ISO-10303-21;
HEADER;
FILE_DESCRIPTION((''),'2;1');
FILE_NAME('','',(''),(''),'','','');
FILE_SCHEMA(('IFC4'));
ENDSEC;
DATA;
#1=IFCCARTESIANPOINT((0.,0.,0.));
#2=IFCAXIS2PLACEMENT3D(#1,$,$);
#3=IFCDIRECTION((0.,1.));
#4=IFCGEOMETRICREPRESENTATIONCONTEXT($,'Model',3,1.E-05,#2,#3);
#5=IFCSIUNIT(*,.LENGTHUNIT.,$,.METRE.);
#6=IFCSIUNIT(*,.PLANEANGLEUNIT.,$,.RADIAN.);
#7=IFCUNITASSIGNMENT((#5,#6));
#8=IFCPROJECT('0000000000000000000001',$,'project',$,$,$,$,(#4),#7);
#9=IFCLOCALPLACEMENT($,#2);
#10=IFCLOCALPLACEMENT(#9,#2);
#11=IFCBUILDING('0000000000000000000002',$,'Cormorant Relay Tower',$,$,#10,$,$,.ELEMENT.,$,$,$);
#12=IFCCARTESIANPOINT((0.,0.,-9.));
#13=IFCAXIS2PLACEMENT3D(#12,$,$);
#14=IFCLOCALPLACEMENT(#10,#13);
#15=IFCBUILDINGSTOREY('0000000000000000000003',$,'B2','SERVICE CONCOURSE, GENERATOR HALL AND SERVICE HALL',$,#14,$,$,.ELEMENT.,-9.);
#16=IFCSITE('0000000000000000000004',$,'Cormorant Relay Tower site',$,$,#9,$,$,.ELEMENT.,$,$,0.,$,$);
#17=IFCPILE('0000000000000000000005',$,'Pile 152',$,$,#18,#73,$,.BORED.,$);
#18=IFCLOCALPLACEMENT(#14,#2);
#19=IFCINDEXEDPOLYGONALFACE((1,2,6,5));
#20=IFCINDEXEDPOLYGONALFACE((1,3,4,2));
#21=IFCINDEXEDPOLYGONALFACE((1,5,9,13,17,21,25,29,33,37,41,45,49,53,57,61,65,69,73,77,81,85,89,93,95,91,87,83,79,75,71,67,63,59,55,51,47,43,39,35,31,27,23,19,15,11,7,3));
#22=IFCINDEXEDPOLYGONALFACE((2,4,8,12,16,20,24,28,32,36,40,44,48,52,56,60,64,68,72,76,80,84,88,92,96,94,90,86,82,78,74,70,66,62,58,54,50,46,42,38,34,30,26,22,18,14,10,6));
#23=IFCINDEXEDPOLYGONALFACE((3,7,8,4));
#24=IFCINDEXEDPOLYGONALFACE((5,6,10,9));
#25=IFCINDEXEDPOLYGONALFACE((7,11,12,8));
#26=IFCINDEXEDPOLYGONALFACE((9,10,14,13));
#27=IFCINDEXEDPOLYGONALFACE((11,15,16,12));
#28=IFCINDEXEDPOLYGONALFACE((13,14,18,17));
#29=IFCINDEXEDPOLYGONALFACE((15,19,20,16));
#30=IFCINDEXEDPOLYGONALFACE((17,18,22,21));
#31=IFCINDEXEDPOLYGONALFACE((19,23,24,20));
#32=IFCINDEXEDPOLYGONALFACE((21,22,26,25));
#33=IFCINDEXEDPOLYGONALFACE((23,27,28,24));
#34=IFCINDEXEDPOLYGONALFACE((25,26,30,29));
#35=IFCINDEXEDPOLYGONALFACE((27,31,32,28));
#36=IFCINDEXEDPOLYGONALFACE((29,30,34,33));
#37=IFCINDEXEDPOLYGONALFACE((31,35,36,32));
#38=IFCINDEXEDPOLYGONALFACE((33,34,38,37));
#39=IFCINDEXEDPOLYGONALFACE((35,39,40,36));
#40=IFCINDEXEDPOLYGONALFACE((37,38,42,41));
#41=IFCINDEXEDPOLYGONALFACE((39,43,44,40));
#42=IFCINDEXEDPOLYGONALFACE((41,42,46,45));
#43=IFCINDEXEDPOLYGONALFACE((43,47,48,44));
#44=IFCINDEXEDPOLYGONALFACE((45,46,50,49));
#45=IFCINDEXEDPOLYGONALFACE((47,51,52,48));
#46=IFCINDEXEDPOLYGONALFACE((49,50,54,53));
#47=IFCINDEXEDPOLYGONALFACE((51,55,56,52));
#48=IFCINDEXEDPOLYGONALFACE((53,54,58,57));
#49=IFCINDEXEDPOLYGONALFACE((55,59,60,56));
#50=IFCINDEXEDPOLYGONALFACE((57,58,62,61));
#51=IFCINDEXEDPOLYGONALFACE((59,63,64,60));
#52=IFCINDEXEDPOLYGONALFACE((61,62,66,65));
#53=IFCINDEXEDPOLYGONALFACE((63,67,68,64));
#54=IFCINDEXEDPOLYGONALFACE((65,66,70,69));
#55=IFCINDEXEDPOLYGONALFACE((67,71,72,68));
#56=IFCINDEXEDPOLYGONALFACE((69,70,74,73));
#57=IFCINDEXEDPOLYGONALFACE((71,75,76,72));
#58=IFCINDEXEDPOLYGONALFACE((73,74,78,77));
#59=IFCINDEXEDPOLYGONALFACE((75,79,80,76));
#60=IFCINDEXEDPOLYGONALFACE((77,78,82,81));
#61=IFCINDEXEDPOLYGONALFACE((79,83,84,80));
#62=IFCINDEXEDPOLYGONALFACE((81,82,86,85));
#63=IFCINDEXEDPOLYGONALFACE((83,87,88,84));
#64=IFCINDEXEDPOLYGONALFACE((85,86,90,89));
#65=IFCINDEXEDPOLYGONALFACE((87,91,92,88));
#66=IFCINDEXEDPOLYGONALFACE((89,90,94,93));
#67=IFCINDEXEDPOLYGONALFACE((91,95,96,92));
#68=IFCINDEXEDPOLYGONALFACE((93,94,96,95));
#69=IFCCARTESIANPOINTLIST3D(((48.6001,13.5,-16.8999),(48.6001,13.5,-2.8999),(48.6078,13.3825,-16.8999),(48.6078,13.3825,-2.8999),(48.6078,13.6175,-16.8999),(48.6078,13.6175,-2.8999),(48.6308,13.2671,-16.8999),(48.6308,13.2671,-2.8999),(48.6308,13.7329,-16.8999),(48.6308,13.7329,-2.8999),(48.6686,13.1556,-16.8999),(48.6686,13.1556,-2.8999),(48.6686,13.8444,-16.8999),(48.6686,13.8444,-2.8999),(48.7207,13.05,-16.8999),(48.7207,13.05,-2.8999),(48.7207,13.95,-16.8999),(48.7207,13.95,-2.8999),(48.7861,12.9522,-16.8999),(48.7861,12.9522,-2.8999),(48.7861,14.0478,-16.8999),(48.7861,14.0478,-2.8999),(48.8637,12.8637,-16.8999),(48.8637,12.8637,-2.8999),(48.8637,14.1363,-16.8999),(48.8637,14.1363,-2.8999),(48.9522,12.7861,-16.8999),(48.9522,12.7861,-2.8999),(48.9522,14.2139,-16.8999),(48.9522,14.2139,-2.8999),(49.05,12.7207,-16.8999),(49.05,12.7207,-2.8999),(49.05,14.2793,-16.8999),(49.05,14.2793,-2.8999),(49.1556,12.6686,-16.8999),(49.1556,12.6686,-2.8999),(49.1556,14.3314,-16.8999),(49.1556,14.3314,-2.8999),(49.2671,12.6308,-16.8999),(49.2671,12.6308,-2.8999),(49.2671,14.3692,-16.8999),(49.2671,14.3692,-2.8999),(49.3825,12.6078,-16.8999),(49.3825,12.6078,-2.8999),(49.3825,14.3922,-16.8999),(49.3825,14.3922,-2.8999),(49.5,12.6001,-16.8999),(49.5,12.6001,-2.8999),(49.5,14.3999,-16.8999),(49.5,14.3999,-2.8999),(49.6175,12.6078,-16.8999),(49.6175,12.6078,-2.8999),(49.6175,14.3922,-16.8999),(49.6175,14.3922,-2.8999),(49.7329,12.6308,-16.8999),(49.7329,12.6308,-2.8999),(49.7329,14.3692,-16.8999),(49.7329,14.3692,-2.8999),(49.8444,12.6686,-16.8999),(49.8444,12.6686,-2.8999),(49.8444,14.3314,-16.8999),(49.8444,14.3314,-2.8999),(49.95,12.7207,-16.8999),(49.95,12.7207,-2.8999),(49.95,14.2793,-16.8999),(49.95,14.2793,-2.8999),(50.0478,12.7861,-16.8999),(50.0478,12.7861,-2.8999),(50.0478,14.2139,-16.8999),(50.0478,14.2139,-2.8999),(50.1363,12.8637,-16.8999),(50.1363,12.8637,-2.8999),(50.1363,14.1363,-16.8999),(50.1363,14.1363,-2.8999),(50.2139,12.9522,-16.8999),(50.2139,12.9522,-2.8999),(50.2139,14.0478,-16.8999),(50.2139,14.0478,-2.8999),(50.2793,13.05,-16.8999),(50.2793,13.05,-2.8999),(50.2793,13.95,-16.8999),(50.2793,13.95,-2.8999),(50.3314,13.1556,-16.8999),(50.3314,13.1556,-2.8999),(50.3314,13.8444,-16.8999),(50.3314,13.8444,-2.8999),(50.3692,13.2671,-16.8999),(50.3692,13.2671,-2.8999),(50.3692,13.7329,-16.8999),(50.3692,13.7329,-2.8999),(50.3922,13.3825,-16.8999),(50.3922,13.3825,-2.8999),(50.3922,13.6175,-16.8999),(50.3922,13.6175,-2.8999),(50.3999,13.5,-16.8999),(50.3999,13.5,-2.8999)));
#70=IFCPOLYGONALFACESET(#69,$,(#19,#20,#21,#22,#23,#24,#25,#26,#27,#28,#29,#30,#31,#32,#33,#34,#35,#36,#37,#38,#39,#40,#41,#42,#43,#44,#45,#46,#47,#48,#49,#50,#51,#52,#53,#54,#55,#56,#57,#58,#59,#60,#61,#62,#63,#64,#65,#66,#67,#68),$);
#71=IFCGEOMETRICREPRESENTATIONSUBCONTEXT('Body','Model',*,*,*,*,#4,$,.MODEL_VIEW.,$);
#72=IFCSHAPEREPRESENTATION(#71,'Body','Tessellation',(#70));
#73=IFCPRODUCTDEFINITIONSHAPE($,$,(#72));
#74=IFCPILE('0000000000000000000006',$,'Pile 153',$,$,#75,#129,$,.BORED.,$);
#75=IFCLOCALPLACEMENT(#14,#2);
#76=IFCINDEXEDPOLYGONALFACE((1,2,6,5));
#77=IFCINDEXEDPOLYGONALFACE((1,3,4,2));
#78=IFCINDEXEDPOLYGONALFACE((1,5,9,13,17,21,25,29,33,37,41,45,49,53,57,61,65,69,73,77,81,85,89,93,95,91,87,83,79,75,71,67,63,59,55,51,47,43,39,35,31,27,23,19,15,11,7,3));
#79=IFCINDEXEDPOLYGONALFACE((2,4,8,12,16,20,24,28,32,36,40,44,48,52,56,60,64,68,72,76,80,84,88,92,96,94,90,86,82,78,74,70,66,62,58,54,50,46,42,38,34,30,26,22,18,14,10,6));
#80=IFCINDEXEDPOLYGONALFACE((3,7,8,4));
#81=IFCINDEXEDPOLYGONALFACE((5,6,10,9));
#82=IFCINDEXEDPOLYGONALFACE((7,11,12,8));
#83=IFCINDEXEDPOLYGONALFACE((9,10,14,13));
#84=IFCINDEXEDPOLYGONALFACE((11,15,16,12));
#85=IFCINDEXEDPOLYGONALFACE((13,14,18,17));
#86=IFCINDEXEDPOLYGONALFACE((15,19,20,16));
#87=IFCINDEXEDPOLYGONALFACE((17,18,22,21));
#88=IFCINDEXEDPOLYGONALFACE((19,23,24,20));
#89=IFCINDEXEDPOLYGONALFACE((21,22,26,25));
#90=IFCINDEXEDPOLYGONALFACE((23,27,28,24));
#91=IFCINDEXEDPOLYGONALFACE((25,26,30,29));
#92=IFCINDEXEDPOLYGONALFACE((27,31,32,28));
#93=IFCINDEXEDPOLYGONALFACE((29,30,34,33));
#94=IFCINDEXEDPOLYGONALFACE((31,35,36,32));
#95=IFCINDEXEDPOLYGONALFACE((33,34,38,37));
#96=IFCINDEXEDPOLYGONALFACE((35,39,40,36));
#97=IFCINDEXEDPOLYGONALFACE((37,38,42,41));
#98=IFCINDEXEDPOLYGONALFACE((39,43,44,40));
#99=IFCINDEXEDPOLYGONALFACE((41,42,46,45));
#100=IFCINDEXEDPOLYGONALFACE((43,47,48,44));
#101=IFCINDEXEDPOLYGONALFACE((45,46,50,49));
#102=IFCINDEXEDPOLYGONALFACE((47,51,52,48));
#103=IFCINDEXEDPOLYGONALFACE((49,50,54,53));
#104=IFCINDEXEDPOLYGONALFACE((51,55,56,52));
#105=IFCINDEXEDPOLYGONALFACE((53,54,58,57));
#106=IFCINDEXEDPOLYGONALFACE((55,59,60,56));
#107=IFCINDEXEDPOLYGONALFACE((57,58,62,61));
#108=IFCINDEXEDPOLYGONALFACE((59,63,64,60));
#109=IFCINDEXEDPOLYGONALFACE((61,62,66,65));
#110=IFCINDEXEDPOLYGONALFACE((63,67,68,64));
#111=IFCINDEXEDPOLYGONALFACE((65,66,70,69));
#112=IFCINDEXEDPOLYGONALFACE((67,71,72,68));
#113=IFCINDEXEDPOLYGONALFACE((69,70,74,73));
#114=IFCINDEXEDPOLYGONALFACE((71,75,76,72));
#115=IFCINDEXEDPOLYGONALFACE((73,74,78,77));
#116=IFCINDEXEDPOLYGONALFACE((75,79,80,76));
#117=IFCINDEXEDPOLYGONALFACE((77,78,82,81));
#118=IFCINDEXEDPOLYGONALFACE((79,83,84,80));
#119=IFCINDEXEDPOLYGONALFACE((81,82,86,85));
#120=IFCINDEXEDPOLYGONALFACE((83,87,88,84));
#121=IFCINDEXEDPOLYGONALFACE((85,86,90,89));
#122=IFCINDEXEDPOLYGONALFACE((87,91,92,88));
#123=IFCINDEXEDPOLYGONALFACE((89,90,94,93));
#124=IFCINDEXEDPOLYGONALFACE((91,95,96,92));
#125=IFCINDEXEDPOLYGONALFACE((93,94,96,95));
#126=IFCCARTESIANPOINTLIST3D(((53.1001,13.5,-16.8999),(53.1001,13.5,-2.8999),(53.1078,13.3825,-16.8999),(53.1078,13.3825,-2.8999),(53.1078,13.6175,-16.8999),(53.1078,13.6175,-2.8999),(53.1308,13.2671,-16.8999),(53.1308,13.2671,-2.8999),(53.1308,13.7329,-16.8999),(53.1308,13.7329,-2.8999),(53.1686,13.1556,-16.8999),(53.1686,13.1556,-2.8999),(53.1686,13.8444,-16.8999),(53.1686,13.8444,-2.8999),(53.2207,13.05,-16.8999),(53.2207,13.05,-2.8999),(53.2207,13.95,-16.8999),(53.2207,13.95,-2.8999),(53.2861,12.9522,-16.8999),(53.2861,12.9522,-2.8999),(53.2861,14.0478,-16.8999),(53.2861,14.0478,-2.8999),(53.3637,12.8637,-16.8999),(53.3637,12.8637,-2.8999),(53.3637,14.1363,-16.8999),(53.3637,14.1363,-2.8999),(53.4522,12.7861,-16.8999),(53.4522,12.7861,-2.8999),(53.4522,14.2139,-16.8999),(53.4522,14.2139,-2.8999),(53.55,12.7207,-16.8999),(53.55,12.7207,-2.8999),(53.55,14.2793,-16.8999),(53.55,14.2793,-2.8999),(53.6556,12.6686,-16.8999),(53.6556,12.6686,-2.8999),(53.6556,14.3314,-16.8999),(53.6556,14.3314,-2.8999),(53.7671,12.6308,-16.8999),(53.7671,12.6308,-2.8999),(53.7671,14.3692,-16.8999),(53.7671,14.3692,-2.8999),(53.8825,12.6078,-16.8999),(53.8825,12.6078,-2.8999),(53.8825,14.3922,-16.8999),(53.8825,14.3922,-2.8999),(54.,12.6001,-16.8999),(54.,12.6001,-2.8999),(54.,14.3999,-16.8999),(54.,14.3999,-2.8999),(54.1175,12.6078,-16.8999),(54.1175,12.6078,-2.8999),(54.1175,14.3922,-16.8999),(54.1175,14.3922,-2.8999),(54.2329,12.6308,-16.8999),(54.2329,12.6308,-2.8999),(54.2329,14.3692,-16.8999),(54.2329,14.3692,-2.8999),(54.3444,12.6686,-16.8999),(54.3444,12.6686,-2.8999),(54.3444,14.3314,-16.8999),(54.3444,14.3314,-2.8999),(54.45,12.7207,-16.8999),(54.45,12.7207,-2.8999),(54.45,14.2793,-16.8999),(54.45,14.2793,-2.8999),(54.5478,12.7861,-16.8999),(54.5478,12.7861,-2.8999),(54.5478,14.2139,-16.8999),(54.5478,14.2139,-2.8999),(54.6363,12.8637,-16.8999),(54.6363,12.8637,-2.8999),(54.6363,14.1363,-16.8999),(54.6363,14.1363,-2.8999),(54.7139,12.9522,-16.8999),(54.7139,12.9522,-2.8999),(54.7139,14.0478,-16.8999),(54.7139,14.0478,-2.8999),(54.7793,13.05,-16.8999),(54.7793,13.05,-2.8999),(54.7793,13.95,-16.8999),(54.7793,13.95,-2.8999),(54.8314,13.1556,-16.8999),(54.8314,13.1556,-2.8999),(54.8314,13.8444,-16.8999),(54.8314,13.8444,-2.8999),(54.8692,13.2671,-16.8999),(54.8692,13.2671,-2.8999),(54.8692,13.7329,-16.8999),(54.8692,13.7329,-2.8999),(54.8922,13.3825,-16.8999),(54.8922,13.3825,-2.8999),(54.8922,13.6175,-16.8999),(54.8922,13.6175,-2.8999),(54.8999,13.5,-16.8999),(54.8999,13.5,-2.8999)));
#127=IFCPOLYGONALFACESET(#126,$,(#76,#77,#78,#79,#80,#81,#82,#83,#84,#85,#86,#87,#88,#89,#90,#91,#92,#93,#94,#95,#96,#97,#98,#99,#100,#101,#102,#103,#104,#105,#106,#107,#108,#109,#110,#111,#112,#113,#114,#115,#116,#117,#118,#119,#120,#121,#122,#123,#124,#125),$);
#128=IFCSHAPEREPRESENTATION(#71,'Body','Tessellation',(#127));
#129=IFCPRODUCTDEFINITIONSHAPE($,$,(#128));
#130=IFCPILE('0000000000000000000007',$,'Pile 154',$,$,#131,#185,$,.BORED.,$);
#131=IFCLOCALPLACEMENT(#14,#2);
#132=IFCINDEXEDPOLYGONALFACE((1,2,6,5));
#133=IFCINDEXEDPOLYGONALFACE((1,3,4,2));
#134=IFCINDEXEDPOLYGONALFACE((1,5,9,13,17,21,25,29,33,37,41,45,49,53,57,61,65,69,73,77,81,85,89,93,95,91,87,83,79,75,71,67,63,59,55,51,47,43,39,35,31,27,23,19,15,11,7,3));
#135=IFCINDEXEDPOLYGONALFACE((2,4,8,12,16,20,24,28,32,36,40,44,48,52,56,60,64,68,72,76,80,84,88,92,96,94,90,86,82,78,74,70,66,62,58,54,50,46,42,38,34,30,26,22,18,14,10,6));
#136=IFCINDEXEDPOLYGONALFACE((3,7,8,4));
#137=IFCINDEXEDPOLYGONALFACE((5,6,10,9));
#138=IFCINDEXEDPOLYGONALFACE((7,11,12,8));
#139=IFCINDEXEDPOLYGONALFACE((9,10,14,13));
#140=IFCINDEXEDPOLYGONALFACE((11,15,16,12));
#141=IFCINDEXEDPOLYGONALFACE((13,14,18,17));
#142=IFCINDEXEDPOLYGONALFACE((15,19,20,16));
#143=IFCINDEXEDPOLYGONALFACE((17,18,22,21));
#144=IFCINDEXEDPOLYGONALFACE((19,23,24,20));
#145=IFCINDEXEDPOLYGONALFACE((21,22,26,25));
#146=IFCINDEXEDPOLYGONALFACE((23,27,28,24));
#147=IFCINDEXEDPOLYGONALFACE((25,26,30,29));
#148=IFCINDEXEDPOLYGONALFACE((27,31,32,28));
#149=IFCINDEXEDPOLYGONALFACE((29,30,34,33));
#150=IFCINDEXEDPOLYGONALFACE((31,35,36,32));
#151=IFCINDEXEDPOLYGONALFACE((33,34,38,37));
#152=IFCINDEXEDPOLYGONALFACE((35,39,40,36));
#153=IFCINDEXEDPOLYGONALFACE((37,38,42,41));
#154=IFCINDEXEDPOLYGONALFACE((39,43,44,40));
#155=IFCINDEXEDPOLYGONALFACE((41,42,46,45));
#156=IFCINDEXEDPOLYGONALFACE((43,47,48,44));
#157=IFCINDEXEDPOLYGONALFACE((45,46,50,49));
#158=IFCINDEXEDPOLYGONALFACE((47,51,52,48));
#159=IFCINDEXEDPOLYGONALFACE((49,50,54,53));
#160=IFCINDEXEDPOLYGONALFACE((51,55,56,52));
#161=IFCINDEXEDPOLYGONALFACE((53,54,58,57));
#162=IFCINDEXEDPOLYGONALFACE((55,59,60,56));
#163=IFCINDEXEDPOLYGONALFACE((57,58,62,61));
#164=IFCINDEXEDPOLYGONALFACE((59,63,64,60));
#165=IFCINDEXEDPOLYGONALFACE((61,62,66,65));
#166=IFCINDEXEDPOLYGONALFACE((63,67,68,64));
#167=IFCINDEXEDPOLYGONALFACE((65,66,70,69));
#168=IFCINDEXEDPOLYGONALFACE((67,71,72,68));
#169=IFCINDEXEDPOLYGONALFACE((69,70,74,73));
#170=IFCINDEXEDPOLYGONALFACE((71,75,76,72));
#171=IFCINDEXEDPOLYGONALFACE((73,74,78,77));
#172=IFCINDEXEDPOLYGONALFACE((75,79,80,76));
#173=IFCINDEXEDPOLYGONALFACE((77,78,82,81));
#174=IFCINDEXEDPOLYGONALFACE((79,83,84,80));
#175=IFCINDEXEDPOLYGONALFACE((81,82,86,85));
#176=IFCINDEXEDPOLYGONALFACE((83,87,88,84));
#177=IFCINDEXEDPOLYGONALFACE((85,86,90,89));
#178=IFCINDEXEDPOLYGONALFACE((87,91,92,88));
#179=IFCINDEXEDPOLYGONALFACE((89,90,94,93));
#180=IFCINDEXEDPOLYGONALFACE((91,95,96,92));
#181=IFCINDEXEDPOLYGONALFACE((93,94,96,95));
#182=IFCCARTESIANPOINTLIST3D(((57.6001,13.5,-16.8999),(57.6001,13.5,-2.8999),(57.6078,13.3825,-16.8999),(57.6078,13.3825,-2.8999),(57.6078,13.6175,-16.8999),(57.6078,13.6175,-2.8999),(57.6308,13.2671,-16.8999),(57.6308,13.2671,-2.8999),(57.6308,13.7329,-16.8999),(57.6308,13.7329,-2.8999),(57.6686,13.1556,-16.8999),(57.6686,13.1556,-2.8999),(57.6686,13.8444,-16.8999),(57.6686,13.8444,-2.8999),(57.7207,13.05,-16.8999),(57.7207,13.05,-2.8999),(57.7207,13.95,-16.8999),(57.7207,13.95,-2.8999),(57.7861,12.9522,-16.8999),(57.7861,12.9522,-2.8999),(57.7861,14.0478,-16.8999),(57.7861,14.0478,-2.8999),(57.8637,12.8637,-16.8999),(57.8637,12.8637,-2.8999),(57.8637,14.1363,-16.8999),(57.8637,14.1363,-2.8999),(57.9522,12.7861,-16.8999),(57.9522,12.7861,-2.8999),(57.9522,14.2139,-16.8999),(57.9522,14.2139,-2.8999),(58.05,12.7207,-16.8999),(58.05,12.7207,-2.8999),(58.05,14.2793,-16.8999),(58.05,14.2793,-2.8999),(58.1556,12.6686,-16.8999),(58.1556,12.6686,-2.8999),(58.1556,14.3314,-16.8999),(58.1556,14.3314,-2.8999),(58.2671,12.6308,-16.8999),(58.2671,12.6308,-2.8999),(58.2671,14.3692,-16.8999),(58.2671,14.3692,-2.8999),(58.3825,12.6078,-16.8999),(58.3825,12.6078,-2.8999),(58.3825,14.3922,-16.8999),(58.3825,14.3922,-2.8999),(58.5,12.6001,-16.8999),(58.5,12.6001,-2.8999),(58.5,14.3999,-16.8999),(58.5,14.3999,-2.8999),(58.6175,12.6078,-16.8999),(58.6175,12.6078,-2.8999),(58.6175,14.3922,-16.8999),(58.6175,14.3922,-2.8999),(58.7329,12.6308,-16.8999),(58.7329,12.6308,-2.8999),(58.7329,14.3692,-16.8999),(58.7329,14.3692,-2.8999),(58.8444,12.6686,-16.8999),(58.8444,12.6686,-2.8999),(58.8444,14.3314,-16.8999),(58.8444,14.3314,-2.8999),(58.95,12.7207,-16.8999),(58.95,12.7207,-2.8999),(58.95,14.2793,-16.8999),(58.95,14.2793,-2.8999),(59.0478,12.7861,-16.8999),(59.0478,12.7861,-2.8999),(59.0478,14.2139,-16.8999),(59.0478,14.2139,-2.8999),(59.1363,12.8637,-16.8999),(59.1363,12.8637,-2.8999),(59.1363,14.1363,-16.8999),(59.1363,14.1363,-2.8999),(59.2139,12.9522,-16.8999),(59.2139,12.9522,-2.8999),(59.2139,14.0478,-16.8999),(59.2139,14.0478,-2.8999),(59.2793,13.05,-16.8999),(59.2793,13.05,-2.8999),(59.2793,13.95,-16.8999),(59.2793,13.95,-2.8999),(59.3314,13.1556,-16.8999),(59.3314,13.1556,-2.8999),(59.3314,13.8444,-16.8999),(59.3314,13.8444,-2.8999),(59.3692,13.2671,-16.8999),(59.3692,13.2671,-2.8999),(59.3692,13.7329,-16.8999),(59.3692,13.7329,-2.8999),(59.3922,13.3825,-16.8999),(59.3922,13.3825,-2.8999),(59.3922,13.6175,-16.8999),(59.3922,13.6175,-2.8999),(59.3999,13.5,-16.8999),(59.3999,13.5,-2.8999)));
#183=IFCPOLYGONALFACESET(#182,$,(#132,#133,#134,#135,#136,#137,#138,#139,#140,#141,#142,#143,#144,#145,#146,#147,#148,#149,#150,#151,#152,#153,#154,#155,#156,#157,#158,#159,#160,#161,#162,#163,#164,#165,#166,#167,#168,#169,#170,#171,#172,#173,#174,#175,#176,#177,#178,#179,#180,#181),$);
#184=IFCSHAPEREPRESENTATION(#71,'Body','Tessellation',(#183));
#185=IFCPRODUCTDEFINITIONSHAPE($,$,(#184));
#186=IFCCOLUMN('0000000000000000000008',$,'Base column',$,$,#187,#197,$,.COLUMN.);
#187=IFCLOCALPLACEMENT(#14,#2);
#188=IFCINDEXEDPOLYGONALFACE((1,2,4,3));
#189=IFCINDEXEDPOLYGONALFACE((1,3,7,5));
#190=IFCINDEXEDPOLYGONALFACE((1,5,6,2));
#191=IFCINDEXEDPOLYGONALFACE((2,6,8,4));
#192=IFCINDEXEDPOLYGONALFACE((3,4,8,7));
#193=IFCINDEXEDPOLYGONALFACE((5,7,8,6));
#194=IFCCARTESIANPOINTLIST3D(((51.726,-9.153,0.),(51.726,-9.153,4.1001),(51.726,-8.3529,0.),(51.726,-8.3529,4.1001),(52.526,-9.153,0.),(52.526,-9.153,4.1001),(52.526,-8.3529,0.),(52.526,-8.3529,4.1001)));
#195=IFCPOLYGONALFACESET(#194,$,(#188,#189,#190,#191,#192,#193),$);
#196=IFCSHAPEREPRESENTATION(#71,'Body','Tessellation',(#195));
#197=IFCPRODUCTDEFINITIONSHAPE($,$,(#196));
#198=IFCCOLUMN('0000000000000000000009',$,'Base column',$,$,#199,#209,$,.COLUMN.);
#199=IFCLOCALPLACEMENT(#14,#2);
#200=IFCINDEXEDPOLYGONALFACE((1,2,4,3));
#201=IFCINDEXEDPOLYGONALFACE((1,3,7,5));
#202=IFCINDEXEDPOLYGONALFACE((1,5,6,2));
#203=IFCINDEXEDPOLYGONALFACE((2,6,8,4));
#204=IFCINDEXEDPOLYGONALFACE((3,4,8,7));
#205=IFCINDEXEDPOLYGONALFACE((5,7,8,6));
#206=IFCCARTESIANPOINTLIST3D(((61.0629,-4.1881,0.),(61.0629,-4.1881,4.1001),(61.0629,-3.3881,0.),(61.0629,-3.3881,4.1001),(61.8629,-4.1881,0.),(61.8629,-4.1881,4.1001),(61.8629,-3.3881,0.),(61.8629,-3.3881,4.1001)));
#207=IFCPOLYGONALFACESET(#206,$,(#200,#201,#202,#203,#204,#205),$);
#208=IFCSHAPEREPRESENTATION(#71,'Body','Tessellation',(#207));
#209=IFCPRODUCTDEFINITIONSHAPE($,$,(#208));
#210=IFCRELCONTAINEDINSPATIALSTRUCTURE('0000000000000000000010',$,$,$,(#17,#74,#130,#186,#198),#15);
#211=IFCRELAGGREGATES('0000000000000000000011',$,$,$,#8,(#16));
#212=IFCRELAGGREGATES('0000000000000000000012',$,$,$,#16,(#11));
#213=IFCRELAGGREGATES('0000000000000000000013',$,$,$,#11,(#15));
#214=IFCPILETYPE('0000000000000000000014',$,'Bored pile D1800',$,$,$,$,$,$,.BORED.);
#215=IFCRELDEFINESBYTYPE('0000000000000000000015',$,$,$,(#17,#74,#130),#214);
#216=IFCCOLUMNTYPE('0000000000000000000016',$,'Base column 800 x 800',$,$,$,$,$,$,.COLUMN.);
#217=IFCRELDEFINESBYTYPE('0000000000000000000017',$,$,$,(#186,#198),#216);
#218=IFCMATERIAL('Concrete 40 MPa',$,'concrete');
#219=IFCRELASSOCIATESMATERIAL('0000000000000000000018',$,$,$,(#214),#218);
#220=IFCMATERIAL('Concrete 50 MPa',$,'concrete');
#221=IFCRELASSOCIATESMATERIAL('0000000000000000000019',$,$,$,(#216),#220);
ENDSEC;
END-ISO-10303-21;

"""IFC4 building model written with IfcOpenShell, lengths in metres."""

from ifc_helpers import new_model, si_unit, direction, frame, origin, origin_2d, place, context, subcontext, project, spatial, rectangle, circle, extrude, material, material_profile, profile_set, type_object, element, save


model = new_model("IFC4")

# Units and contexts
model_context = context("Model", 3, precision=1e-05, world=origin(), true_north=direction((0.0, 1.0)))
body_context = subcontext(model_context, "Body", "Model", "MODEL_VIEW")
ifc_project = project(units=[si_unit("LENGTHUNIT", "METRE"), si_unit("PLANEANGLEUNIT", "RADIAN")], contexts=[model_context])

# Site, building, storey
site_placement = place(None, origin())
site = spatial("IfcSite", under=ifc_project, at=site_placement, Name="Cormorant Relay Tower site", CompositionType="ELEMENT", RefElevation=0.0)
building_placement = place(site_placement, origin())
building = spatial("IfcBuilding", under=site, at=building_placement, Name="Cormorant Relay Tower", CompositionType="ELEMENT")
storey_placement = place(building_placement, frame((0.0, 0.0, -9.0)))
storey = spatial("IfcBuildingStorey", under=building, at=storey_placement, Name="B2", Description="SERVICE CONCOURSE, GENERATOR HALL AND SERVICE HALL", CompositionType="ELEMENT", Elevation=-9.0)

# Piles
ifc_material_1 = material(Name="Concrete 40 MPa", Category="concrete")
ifc_material_profile_1 = material_profile(ifc_material_1, circle(Radius=0.8999, at=origin_2d()), Name="BP1800")
ifc_profile_set_1 = profile_set([ifc_material_profile_1], Name="Concrete 40 MPa")
pile_type = type_object("IfcPileType", Name="Bored pile D1800", PredefinedType="BORED", material=ifc_profile_set_1)
for number, where, z_axis, x_axis, name in (
    (1, (49.5, 13.5, -2.8999), (0.0, 0.0, -1.0), (1.0, 0.0, 0.0), "Pile 152"),
    (2, (54.0, 13.5, -2.8999), (0.0, 0.0, -1.0), (1.0, 0.0, 0.0), "Pile 153"),
    (3, (58.5, 13.5, -2.8999), (0.0, 0.0, -1.0), (1.0, 0.0, 0.0), "Pile 154"),
):
    element("IfcPile", number, at=place(storey_placement, frame(where, z_axis=z_axis, x_axis=x_axis)), inside=storey, type_object=pile_type, Name=name, PredefinedType="BORED", context=body_context, shape_type="SweptSolid", body=[
        extrude(circle(Radius=0.8999, at=origin_2d()), origin(), (0.0, 0.0, 1.0), 14.0),
    ])

# Columns
ifc_material_2 = material(Name="Concrete 50 MPa", Category="concrete")
ifc_material_profile_2 = material_profile(ifc_material_2, rectangle(XDim=0.8, YDim=0.8, at=origin_2d()), Name="RC 800x800")
ifc_profile_set_2 = profile_set([ifc_material_profile_2], Name="Concrete 50 MPa")
column_type_1 = type_object("IfcColumnType", Name="Base column 800 x 800", PredefinedType="COLUMN", material=ifc_profile_set_2)
for number, where, z_axis, x_axis, name in (
    (4, (52.126, -8.7529, 0.0), (0.0, 0.0, 1.0), (1.0, 0.0, 0.0), "Base column"),
    (5, (61.4629, -3.7881, 0.0), (0.0, 0.0, 1.0), (1.0, 0.0, 0.0), "Base column"),
):
    element("IfcColumn", number, at=place(storey_placement, frame(where, z_axis=z_axis, x_axis=x_axis)), inside=storey, type_object=column_type_1, Name=name, PredefinedType="COLUMN", context=body_context, shape_type="SweptSolid", body=[
        extrude(rectangle(XDim=0.8, YDim=0.8, at=origin_2d()), origin(), (0.0, 0.0, 1.0), 4.1001),
    ])

save(model, "model.ifc")
